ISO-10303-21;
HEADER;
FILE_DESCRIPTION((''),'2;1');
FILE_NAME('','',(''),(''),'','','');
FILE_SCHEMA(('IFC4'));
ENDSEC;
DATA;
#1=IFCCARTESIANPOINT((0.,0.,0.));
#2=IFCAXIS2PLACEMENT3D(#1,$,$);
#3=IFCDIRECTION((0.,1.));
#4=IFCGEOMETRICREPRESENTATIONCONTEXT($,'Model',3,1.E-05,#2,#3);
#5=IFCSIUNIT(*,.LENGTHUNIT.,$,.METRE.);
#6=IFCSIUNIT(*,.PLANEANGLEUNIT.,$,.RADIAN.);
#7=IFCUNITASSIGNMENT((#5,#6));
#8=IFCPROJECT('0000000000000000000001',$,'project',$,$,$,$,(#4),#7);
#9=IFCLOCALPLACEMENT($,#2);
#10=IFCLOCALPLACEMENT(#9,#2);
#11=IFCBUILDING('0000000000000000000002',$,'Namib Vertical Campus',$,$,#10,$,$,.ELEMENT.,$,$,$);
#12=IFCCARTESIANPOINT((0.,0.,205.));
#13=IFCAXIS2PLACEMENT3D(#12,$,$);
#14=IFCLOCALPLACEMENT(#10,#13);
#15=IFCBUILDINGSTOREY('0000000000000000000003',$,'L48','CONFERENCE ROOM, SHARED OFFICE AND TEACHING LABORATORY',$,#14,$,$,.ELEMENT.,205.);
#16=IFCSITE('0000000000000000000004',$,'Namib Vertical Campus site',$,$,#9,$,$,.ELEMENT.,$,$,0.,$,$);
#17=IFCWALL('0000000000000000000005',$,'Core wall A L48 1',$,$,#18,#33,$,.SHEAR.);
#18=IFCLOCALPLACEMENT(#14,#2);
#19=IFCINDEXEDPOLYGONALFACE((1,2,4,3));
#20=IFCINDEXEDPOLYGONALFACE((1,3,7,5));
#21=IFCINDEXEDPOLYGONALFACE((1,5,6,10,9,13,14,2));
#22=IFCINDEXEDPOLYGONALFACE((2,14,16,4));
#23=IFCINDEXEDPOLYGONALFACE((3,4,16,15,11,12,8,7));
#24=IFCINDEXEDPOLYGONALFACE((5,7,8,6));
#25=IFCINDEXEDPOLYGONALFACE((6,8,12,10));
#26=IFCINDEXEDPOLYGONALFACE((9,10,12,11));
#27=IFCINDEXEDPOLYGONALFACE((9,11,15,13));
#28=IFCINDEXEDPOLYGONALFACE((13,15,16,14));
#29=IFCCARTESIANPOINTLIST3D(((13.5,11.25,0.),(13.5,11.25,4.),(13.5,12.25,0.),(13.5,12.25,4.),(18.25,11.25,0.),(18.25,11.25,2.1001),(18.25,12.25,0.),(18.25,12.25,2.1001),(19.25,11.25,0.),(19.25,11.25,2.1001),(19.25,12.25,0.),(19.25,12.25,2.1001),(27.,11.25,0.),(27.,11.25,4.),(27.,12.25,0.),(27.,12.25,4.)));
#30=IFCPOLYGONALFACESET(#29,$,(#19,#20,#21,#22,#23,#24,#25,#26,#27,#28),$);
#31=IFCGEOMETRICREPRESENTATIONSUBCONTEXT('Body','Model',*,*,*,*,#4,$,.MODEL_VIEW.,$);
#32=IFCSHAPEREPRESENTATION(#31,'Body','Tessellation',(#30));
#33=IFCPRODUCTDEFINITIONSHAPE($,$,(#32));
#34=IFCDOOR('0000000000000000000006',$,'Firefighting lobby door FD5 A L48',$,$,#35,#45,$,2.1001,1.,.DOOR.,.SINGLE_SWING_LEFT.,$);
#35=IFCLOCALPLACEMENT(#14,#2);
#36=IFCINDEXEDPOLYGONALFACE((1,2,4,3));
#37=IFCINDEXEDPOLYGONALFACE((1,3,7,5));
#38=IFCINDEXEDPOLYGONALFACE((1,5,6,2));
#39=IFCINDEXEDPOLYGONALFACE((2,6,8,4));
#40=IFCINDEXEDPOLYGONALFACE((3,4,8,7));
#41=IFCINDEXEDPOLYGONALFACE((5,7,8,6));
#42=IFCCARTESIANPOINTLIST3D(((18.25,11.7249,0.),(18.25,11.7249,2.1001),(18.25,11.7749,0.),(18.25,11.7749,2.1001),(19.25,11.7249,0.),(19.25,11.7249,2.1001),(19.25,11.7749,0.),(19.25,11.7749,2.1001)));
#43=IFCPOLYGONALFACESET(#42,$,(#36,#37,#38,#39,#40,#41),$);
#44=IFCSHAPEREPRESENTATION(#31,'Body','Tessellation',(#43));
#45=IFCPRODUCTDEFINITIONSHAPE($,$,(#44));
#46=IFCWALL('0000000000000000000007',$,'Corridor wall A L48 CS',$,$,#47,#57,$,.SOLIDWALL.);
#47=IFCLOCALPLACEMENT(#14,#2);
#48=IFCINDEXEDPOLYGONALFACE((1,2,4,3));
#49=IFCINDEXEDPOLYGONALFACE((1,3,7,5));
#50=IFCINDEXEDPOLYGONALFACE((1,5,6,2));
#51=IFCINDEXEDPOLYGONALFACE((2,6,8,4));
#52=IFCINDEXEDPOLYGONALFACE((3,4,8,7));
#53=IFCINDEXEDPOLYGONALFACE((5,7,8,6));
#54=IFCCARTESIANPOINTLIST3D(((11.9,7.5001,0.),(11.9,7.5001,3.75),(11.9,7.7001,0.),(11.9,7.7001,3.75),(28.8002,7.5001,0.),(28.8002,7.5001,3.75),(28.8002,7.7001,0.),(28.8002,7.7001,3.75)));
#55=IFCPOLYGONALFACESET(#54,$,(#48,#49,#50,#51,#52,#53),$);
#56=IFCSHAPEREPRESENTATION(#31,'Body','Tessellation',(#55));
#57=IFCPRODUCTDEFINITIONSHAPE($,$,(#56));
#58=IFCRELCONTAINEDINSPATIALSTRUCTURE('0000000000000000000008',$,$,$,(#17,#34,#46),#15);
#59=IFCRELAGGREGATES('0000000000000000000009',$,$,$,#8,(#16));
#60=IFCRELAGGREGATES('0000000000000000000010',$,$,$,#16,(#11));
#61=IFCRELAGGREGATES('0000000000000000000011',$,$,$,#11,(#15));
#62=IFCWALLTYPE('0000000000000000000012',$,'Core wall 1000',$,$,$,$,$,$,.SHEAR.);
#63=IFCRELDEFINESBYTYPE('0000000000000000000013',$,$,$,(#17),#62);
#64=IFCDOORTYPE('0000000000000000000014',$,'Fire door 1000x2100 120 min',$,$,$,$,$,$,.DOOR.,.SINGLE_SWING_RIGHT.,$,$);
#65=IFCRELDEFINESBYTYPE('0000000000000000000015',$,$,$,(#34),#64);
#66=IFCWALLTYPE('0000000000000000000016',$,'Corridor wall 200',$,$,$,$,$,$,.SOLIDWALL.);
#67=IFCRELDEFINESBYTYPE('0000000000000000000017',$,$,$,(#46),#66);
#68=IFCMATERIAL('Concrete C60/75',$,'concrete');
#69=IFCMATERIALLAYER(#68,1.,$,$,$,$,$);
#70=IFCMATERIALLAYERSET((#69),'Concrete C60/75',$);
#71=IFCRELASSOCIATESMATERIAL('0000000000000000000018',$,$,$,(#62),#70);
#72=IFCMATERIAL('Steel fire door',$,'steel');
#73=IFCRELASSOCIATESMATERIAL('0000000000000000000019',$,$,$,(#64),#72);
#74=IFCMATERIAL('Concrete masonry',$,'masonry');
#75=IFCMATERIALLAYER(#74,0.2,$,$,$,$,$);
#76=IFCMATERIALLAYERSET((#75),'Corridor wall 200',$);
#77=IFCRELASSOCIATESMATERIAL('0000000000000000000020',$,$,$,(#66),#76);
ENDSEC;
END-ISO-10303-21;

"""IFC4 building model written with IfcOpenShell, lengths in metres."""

from ifc_helpers import new_model, si_unit, direction, frame, frame_2d, origin, place, context, subcontext, project, spatial, rectangle, extrude, material, layer, layer_set, type_object, element, fill, save


model = new_model("IFC4")

# Units and contexts
model_context = context("Model", 3, precision=1e-05, world=origin(), true_north=direction((0.0, 1.0)))
body_context = subcontext(model_context, "Body", "Model", "MODEL_VIEW")
ifc_project = project(units=[si_unit("LENGTHUNIT", "METRE"), si_unit("PLANEANGLEUNIT", "RADIAN")], contexts=[model_context])

# Site, building, storey
site_placement = place(None, origin())
site = spatial("IfcSite", under=ifc_project, at=site_placement, Name="Namib Vertical Campus site", CompositionType="ELEMENT", RefElevation=0.0)
building_placement = place(site_placement, origin())
building = spatial("IfcBuilding", under=site, at=building_placement, Name="Namib Vertical Campus", CompositionType="ELEMENT")
storey_placement = place(building_placement, frame((0.0, 0.0, 205.0)))
storey = spatial("IfcBuildingStorey", under=building, at=storey_placement, Name="L48", Description="CONFERENCE ROOM, SHARED OFFICE AND TEACHING LABORATORY", CompositionType="ELEMENT", Elevation=205.0)

# Wall, opening, door
ifc_material_1 = material(Name="Concrete C60/75", Category="concrete")
ifc_layer_1 = layer(ifc_material_1, 1.0)
ifc_layer_set_1 = layer_set([ifc_layer_1], Name="Concrete C60/75")
wall_type_1 = type_object("IfcWallType", Name="Core wall 1000", PredefinedType="SHEAR", material=ifc_layer_set_1)
wall_1_placement = place(storey_placement, frame((13.5, 11.75, 0.0), z_axis=(0.0, 0.0, 1.0), x_axis=(1.0, 0.0, 0.0)))
wall_1 = element("IfcWall", 1, at=wall_1_placement, inside=storey, type_object=wall_type_1, Name="Core wall A L48 1", PredefinedType="SHEAR", context=body_context, shape_type="SweptSolid", body=[
    extrude(rectangle(XDim=13.5, YDim=1.0, at=frame_2d((6.75, 0.0))), origin(), (0.0, 0.0, 1.0), 4.0),
])
opening_1_placement = place(wall_1_placement, frame((4.75, 0.0, 0.0)))
opening_1 = element("IfcOpeningElement", 2, at=opening_1_placement, cuts=wall_1, PredefinedType="OPENING", context=body_context, shape_type="SweptSolid", body=[
    extrude(rectangle(XDim=1.0, YDim=2.1001, at=frame_2d((0.5, 1.05))), frame((0.0, 0.51, 0.0), z_axis=(0.0, -1.0, 0.0), x_axis=(1.0, 0.0, 0.0)), (0.0, 0.0, 1.0), 1.02),
])
ifc_material_2 = material(Name="Steel fire door", Category="steel")
door_type = type_object("IfcDoorType", Name="Fire door 1000x2100 120 min", OperationType="SINGLE_SWING_RIGHT", PredefinedType="DOOR", material=ifc_material_2)
door_placement = place(opening_1_placement, origin())
door = element("IfcDoor", 3, at=door_placement, inside=storey, type_object=door_type, Name="Firefighting lobby door FD5 A L48", OperationType="SINGLE_SWING_LEFT", OverallHeight=2.1001, OverallWidth=1.0, PredefinedType="DOOR", context=body_context, shape_type="SweptSolid", body=[
    extrude(rectangle(XDim=1.0, YDim=2.1001, at=frame_2d((0.5, 1.05))), frame((0.0, 0.0249, 0.0), z_axis=(0.0, -1.0, 0.0), x_axis=(1.0, 0.0, 0.0)), (0.0, 0.0, 1.0), 0.05),
])
fill(opening_1, door)

# Wall
ifc_material_3 = material(Name="Concrete masonry", Category="masonry")
ifc_layer_2 = layer(ifc_material_3, 0.2)
ifc_layer_set_2 = layer_set([ifc_layer_2], Name="Corridor wall 200")
wall_type_2 = type_object("IfcWallType", Name="Corridor wall 200", PredefinedType="SOLIDWALL", material=ifc_layer_set_2)
wall_2_placement = place(storey_placement, frame((11.8999, 7.6001, 0.0), z_axis=(0.0, 0.0, 1.0), x_axis=(1.0, 0.0, 0.0)))
element("IfcWall", 4, at=wall_2_placement, inside=storey, type_object=wall_type_2, Name="Corridor wall A L48 CS", PredefinedType="SOLIDWALL", context=body_context, shape_type="SweptSolid", body=[
    extrude(rectangle(XDim=16.9001, YDim=0.2, at=frame_2d((8.4502, 0.0))), origin(), (0.0, 0.0, 1.0), 3.75),
])

save(model, "model.ifc")
